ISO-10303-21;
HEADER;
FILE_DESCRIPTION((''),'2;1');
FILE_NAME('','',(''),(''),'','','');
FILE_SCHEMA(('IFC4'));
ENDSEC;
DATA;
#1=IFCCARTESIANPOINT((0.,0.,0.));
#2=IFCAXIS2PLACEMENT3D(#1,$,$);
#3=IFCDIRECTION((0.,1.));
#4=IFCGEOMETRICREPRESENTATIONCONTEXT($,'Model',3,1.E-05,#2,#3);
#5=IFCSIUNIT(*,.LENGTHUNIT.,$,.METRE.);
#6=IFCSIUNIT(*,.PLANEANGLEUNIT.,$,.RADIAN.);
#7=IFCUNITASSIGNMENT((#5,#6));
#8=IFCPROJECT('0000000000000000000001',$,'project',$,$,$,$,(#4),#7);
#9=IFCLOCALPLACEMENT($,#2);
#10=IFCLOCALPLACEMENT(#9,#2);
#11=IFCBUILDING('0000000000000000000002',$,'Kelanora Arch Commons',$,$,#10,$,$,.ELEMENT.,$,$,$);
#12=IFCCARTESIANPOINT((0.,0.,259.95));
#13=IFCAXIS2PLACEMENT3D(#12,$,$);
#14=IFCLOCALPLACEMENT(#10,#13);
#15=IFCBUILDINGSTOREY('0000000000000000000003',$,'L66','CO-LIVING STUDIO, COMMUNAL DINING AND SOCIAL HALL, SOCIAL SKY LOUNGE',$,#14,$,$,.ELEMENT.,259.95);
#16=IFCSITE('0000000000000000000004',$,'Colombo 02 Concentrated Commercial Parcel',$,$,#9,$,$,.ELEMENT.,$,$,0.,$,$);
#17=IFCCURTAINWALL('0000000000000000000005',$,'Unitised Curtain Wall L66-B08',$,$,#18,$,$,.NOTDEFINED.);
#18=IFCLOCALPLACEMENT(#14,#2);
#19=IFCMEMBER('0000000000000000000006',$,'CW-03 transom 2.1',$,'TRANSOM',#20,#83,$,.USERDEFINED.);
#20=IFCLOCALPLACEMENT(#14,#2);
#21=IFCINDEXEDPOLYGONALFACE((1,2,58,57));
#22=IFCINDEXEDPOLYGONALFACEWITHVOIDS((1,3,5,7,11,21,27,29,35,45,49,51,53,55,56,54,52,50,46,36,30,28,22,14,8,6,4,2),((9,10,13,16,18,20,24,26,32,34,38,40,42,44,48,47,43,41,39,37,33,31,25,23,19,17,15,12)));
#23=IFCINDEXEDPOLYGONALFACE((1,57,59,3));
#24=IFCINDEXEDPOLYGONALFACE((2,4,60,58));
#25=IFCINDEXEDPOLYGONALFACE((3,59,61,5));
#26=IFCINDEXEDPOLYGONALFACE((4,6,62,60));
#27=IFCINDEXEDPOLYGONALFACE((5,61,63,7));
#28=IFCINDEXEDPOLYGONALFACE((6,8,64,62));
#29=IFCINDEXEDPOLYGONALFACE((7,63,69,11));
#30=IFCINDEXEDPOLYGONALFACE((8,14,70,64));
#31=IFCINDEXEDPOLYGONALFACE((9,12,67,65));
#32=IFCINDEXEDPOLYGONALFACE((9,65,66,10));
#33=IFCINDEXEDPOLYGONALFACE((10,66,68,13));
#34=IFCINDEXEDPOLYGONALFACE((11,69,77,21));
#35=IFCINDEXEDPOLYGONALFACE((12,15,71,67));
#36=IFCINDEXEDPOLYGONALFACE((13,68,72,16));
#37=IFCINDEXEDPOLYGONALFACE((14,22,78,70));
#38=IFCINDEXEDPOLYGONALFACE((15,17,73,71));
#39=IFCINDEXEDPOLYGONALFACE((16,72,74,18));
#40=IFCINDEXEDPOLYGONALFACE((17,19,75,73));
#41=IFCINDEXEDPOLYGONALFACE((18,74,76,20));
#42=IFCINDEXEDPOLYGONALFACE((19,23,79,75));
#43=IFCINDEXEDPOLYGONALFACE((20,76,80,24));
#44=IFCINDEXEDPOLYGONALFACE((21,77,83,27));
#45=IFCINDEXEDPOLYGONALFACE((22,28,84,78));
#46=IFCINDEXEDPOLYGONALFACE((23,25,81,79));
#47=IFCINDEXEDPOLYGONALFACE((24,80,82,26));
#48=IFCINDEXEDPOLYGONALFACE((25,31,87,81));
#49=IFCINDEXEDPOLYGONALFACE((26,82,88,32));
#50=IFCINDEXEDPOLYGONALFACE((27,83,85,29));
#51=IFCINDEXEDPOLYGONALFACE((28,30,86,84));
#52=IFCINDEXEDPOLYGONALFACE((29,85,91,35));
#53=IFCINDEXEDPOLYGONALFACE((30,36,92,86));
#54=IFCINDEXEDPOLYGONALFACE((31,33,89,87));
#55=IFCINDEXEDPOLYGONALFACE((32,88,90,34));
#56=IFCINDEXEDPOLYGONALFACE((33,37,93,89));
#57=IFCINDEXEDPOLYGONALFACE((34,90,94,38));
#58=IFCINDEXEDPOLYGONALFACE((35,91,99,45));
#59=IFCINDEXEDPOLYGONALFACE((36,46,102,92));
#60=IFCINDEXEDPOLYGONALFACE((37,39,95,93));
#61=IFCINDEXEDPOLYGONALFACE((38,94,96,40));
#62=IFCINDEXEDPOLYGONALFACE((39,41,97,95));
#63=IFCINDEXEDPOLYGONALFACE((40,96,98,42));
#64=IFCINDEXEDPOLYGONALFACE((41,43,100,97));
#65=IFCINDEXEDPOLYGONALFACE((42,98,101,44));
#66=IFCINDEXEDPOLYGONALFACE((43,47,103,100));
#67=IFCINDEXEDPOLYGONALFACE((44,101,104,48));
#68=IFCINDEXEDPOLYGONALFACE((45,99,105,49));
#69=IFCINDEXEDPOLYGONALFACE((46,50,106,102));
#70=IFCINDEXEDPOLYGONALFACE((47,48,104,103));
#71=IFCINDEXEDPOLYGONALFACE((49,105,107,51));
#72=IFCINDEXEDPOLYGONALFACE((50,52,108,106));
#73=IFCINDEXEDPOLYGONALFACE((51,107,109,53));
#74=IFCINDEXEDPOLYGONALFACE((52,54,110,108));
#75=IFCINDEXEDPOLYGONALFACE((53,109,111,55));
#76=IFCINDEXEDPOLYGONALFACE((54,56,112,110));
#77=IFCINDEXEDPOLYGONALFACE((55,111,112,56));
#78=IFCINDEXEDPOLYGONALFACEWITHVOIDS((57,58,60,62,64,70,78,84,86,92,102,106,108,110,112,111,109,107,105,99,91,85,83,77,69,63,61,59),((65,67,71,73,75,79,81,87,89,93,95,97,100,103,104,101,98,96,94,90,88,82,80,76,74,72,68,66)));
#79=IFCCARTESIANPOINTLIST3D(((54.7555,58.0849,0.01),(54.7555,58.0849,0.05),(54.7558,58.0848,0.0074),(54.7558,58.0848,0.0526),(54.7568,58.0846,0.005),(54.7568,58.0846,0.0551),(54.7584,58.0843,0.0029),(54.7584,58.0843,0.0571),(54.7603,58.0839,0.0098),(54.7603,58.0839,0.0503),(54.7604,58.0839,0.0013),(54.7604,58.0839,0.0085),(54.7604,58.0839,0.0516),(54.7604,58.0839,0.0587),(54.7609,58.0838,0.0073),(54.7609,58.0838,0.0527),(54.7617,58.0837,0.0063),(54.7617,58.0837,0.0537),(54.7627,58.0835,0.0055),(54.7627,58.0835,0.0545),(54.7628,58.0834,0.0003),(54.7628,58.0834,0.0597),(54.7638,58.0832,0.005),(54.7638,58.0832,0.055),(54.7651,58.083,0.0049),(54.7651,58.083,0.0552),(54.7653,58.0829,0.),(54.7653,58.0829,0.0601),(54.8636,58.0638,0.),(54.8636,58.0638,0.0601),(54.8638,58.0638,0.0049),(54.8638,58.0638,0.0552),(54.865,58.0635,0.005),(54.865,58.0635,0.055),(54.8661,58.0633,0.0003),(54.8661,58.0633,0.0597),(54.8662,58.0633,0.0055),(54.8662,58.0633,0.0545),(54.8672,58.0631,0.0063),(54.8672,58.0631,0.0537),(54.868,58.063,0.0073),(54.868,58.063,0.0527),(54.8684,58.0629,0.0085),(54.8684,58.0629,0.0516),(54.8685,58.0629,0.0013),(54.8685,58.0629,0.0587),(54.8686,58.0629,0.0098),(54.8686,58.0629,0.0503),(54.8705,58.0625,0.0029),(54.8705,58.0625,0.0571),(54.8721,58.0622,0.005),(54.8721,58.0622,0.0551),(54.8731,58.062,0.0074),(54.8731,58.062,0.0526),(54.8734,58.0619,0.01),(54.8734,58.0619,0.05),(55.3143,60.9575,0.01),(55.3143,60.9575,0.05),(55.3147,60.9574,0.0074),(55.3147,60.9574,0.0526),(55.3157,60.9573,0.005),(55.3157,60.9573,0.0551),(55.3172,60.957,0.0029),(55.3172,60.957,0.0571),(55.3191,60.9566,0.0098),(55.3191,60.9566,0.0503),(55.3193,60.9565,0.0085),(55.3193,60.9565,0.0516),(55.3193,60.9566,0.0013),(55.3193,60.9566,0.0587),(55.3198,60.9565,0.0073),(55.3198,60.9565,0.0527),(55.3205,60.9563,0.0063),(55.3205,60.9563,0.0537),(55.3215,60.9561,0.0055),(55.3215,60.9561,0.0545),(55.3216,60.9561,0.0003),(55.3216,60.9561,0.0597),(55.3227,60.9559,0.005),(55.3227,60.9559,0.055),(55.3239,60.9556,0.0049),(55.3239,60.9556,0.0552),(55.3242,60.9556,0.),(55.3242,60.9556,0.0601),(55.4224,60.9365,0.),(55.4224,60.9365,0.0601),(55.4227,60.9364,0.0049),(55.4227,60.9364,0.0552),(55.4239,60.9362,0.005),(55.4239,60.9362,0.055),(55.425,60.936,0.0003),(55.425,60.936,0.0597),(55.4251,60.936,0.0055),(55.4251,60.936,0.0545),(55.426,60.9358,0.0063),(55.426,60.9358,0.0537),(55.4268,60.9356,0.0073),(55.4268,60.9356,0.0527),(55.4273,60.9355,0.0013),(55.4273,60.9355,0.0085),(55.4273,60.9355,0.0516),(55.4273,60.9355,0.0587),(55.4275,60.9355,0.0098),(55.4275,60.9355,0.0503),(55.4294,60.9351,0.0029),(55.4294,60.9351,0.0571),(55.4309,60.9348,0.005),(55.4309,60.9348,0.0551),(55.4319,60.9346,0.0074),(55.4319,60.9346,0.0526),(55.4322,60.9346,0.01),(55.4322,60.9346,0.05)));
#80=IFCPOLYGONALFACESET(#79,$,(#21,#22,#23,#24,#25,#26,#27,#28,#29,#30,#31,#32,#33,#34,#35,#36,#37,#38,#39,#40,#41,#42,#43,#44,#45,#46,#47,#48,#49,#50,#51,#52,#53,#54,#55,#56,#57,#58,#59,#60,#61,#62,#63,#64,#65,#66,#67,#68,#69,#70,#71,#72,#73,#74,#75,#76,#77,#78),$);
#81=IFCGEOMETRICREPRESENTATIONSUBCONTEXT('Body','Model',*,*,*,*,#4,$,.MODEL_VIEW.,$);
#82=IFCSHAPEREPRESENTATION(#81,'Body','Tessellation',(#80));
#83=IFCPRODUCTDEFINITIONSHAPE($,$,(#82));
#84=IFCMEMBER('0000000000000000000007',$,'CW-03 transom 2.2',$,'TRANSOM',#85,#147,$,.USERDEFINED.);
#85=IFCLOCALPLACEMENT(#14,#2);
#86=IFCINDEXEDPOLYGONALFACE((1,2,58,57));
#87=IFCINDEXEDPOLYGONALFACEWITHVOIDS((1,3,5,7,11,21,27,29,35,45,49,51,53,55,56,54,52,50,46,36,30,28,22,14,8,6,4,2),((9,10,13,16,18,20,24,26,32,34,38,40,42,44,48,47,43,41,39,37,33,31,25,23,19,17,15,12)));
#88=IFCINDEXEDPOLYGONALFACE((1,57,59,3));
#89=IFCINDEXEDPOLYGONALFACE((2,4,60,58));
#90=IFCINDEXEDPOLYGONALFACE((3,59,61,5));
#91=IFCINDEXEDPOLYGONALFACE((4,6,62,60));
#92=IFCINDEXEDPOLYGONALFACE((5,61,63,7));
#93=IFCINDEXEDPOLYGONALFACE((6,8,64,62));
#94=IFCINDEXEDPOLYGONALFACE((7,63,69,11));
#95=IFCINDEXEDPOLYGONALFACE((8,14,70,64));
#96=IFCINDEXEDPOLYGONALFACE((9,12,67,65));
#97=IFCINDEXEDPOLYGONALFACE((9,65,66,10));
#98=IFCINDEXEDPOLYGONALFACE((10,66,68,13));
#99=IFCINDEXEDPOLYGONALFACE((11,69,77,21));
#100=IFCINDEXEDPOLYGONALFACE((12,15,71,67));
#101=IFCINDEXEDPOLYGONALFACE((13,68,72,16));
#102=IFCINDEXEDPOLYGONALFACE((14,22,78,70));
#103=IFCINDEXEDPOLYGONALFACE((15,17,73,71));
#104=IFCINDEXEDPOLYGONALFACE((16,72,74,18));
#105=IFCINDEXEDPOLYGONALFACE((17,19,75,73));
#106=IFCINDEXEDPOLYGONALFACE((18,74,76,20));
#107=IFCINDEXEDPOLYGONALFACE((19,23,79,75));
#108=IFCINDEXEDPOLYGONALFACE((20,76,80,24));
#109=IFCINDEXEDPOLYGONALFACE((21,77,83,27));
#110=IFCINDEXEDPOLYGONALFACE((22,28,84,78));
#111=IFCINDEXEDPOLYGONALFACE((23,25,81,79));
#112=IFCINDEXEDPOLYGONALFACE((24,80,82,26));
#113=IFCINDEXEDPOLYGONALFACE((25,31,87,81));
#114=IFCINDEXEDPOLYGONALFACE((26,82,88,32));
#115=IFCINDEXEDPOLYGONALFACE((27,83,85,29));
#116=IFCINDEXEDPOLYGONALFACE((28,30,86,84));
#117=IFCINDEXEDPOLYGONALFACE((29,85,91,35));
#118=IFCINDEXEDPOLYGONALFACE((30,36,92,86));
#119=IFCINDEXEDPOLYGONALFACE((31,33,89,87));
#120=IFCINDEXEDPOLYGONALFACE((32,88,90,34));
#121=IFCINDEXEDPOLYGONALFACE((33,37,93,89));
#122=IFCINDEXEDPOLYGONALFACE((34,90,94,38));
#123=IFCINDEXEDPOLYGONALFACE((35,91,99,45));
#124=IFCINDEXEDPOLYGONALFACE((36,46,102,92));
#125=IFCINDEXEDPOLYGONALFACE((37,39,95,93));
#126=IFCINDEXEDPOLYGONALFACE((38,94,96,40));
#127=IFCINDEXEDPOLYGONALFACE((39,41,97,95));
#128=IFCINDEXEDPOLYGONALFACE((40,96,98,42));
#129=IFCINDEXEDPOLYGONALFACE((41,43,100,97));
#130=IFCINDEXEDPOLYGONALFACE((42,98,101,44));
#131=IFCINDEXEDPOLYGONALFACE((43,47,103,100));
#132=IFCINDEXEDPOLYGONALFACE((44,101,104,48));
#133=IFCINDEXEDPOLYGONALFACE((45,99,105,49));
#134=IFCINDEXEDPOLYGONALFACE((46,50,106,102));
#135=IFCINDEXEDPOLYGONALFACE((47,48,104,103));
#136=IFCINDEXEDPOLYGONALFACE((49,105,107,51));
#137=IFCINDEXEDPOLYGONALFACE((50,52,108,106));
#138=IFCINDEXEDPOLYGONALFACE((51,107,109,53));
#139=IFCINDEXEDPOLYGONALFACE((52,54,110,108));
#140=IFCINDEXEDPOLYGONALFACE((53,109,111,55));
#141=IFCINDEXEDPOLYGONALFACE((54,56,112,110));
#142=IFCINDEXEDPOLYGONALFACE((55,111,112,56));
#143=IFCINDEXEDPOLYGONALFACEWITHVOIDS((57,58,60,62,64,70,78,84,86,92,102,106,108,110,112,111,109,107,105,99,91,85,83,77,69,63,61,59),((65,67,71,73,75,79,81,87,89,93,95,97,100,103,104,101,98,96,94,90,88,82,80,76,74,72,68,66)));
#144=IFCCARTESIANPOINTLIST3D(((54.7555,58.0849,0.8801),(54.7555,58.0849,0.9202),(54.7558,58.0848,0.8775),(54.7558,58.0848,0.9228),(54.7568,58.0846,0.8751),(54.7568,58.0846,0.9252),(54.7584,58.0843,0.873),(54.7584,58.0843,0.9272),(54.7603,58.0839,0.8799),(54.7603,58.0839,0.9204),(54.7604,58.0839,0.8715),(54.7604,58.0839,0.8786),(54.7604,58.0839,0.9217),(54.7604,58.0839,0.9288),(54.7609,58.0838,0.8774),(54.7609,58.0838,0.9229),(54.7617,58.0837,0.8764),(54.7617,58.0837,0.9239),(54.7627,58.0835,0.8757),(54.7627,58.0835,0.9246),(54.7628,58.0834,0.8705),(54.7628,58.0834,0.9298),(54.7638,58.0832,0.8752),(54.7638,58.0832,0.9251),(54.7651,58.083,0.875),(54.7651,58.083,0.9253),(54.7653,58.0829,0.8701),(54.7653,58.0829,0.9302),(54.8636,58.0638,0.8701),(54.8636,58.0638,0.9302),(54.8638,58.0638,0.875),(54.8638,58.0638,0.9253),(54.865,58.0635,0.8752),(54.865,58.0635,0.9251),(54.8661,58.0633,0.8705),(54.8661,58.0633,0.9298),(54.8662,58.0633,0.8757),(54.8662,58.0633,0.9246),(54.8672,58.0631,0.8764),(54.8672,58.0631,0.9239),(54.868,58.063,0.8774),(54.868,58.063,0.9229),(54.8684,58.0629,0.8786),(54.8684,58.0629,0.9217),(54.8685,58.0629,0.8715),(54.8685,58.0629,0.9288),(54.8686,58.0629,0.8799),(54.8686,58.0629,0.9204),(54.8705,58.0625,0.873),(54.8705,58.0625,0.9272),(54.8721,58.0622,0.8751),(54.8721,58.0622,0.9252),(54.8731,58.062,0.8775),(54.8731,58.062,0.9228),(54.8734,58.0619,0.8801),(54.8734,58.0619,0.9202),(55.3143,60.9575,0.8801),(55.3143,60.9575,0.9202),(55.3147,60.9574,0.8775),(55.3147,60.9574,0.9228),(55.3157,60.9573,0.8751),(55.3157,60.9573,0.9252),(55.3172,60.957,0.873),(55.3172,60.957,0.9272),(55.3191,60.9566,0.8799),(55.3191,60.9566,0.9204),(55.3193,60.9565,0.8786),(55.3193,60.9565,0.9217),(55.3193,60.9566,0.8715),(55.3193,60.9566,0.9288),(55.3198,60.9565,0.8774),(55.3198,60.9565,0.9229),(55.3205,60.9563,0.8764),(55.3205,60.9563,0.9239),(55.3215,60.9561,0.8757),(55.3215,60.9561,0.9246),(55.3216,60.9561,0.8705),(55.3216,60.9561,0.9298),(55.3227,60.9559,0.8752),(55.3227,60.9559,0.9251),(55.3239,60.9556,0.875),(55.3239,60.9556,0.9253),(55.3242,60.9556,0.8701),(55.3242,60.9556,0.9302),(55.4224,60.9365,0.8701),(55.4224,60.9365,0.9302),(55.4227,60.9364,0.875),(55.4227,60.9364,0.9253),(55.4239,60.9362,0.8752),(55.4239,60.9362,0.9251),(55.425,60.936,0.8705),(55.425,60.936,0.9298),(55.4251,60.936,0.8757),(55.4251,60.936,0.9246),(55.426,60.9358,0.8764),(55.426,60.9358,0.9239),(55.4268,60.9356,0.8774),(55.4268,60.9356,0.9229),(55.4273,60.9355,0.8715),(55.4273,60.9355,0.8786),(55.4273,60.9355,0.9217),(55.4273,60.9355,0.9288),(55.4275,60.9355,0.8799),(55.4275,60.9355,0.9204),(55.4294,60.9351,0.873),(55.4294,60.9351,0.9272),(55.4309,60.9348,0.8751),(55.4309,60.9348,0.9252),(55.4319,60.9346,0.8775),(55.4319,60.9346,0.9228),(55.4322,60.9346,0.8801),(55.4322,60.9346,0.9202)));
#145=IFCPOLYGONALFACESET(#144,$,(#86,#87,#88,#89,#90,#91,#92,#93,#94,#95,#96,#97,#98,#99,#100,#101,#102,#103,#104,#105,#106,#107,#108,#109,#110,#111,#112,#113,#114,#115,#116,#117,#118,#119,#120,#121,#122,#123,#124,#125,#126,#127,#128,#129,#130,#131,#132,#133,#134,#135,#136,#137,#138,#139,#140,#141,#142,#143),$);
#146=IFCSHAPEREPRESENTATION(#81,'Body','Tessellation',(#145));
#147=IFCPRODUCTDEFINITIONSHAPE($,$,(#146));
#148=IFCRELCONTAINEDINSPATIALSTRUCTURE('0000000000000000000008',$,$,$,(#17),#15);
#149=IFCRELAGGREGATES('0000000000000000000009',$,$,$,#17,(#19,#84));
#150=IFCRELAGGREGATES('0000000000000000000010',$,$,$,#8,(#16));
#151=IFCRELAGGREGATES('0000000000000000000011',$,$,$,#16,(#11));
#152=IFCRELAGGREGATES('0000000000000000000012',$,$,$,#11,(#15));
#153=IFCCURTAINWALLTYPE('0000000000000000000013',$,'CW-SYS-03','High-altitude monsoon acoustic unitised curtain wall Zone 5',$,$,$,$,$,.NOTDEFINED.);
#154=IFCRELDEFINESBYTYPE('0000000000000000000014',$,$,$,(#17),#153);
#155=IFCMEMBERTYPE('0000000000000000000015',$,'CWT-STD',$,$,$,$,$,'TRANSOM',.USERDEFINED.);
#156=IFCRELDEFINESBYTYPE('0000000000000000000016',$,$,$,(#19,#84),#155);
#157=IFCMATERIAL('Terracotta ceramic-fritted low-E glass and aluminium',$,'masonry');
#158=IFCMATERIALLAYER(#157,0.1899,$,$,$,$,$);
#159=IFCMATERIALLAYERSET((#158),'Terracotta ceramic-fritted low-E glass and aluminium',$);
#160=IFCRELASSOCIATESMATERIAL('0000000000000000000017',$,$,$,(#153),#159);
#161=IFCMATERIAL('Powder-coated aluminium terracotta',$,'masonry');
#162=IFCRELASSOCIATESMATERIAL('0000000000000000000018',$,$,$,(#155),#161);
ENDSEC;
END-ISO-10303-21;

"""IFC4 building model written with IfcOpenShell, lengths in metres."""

from ifc_helpers import new_model, si_unit, direction, frame, origin, origin_2d, place, context, subcontext, project, spatial, hollow_rectangle, extrude, material, layer, layer_set, material_profile, profile_set, type_object, element, aggregate, save


model = new_model("IFC4")

# Units and contexts
model_context = context("Model", 3, precision=1e-05, world=origin(), true_north=direction((0.0, 1.0)))
body_context = subcontext(model_context, "Body", "Model", "MODEL_VIEW")
ifc_project = project(units=[si_unit("LENGTHUNIT", "METRE"), si_unit("PLANEANGLEUNIT", "RADIAN")], contexts=[model_context])

# Site, building, storey
site_placement = place(None, origin())
site = spatial("IfcSite", under=ifc_project, at=site_placement, Name="Colombo 02 Concentrated Commercial Parcel", CompositionType="ELEMENT", RefElevation=0.0)
building_placement = place(site_placement, origin())
building = spatial("IfcBuilding", under=site, at=building_placement, Name="Kelanora Arch Commons", CompositionType="ELEMENT")
storey_placement = place(building_placement, frame((0.0, 0.0, 259.95)))
storey = spatial("IfcBuildingStorey", under=building, at=storey_placement, Name="L66", Description="CO-LIVING STUDIO, COMMUNAL DINING AND SOCIAL HALL, SOCIAL SKY LOUNGE", CompositionType="ELEMENT", Elevation=259.95)

# Curtain wall, members
ifc_material_1 = material(Name="Terracotta ceramic-fritted low-E glass and aluminium", Category="masonry")
ifc_layer_1 = layer(ifc_material_1, 0.1899)
ifc_layer_set_1 = layer_set([ifc_layer_1], Name="Terracotta ceramic-fritted low-E glass and aluminium")
curtain_wall_type = type_object("IfcCurtainWallType", Name="CW-SYS-03", Description="High-altitude monsoon acoustic unitised curtain wall Zone 5", PredefinedType="NOTDEFINED", material=ifc_layer_set_1)
curtain_wall_placement = place(storey_placement, origin())
curtain_wall = element("IfcCurtainWall", 1, at=curtain_wall_placement, inside=storey, type_object=curtain_wall_type, Name="Unitised Curtain Wall L66-B08", PredefinedType="NOTDEFINED")
ifc_material_2 = material(Name="Powder-coated aluminium terracotta", Category="masonry")
ifc_material_profile_1 = material_profile(ifc_material_2, hollow_rectangle(XDim=0.1201, YDim=0.0601, WallThickness=0.0049, InnerFilletRadius=0.0049, OuterFilletRadius=0.01, at=origin_2d()), Name="CWT120x60")
ifc_profile_set_1 = profile_set([ifc_material_profile_1], Name="Powder-coated aluminium terracotta")
member_type_1 = type_object("IfcMemberType", Name="CWT-STD", ElementType="TRANSOM", PredefinedType="USERDEFINED", material=ifc_profile_set_1)
member_1_placement = place(storey_placement, frame((55.3733, 60.946, 0.03), z_axis=(-0.190963, -0.981597, 0.0), x_axis=(0.981597, -0.190963, 0.0)))
member_1 = element("IfcMember", 2, at=member_1_placement, type_object=member_type_1, Name="CW-03 transom 2.1", ObjectType="TRANSOM", PredefinedType="USERDEFINED", context=body_context, shape_type="SweptSolid", body=[
    extrude(hollow_rectangle(XDim=0.1201, YDim=0.0601, WallThickness=0.0049, InnerFilletRadius=0.0049, OuterFilletRadius=0.01, at=origin_2d()), origin(), (0.0, 0.0, 1.0), 2.9265),
])
member_2_placement = place(storey_placement, frame((55.3733, 60.946, 0.9001), z_axis=(-0.190963, -0.981597, 0.0), x_axis=(0.981597, -0.190963, 0.0)))
member_2 = element("IfcMember", 3, at=member_2_placement, type_object=member_type_1, Name="CW-03 transom 2.2", ObjectType="TRANSOM", PredefinedType="USERDEFINED", context=body_context, shape_type="SweptSolid", body=[
    extrude(hollow_rectangle(XDim=0.1201, YDim=0.0601, WallThickness=0.0049, InnerFilletRadius=0.0049, OuterFilletRadius=0.01, at=origin_2d()), origin(), (0.0, 0.0, 1.0), 2.9265),
])
aggregate(curtain_wall, [member_1, member_2])

save(model, "model.ifc")
